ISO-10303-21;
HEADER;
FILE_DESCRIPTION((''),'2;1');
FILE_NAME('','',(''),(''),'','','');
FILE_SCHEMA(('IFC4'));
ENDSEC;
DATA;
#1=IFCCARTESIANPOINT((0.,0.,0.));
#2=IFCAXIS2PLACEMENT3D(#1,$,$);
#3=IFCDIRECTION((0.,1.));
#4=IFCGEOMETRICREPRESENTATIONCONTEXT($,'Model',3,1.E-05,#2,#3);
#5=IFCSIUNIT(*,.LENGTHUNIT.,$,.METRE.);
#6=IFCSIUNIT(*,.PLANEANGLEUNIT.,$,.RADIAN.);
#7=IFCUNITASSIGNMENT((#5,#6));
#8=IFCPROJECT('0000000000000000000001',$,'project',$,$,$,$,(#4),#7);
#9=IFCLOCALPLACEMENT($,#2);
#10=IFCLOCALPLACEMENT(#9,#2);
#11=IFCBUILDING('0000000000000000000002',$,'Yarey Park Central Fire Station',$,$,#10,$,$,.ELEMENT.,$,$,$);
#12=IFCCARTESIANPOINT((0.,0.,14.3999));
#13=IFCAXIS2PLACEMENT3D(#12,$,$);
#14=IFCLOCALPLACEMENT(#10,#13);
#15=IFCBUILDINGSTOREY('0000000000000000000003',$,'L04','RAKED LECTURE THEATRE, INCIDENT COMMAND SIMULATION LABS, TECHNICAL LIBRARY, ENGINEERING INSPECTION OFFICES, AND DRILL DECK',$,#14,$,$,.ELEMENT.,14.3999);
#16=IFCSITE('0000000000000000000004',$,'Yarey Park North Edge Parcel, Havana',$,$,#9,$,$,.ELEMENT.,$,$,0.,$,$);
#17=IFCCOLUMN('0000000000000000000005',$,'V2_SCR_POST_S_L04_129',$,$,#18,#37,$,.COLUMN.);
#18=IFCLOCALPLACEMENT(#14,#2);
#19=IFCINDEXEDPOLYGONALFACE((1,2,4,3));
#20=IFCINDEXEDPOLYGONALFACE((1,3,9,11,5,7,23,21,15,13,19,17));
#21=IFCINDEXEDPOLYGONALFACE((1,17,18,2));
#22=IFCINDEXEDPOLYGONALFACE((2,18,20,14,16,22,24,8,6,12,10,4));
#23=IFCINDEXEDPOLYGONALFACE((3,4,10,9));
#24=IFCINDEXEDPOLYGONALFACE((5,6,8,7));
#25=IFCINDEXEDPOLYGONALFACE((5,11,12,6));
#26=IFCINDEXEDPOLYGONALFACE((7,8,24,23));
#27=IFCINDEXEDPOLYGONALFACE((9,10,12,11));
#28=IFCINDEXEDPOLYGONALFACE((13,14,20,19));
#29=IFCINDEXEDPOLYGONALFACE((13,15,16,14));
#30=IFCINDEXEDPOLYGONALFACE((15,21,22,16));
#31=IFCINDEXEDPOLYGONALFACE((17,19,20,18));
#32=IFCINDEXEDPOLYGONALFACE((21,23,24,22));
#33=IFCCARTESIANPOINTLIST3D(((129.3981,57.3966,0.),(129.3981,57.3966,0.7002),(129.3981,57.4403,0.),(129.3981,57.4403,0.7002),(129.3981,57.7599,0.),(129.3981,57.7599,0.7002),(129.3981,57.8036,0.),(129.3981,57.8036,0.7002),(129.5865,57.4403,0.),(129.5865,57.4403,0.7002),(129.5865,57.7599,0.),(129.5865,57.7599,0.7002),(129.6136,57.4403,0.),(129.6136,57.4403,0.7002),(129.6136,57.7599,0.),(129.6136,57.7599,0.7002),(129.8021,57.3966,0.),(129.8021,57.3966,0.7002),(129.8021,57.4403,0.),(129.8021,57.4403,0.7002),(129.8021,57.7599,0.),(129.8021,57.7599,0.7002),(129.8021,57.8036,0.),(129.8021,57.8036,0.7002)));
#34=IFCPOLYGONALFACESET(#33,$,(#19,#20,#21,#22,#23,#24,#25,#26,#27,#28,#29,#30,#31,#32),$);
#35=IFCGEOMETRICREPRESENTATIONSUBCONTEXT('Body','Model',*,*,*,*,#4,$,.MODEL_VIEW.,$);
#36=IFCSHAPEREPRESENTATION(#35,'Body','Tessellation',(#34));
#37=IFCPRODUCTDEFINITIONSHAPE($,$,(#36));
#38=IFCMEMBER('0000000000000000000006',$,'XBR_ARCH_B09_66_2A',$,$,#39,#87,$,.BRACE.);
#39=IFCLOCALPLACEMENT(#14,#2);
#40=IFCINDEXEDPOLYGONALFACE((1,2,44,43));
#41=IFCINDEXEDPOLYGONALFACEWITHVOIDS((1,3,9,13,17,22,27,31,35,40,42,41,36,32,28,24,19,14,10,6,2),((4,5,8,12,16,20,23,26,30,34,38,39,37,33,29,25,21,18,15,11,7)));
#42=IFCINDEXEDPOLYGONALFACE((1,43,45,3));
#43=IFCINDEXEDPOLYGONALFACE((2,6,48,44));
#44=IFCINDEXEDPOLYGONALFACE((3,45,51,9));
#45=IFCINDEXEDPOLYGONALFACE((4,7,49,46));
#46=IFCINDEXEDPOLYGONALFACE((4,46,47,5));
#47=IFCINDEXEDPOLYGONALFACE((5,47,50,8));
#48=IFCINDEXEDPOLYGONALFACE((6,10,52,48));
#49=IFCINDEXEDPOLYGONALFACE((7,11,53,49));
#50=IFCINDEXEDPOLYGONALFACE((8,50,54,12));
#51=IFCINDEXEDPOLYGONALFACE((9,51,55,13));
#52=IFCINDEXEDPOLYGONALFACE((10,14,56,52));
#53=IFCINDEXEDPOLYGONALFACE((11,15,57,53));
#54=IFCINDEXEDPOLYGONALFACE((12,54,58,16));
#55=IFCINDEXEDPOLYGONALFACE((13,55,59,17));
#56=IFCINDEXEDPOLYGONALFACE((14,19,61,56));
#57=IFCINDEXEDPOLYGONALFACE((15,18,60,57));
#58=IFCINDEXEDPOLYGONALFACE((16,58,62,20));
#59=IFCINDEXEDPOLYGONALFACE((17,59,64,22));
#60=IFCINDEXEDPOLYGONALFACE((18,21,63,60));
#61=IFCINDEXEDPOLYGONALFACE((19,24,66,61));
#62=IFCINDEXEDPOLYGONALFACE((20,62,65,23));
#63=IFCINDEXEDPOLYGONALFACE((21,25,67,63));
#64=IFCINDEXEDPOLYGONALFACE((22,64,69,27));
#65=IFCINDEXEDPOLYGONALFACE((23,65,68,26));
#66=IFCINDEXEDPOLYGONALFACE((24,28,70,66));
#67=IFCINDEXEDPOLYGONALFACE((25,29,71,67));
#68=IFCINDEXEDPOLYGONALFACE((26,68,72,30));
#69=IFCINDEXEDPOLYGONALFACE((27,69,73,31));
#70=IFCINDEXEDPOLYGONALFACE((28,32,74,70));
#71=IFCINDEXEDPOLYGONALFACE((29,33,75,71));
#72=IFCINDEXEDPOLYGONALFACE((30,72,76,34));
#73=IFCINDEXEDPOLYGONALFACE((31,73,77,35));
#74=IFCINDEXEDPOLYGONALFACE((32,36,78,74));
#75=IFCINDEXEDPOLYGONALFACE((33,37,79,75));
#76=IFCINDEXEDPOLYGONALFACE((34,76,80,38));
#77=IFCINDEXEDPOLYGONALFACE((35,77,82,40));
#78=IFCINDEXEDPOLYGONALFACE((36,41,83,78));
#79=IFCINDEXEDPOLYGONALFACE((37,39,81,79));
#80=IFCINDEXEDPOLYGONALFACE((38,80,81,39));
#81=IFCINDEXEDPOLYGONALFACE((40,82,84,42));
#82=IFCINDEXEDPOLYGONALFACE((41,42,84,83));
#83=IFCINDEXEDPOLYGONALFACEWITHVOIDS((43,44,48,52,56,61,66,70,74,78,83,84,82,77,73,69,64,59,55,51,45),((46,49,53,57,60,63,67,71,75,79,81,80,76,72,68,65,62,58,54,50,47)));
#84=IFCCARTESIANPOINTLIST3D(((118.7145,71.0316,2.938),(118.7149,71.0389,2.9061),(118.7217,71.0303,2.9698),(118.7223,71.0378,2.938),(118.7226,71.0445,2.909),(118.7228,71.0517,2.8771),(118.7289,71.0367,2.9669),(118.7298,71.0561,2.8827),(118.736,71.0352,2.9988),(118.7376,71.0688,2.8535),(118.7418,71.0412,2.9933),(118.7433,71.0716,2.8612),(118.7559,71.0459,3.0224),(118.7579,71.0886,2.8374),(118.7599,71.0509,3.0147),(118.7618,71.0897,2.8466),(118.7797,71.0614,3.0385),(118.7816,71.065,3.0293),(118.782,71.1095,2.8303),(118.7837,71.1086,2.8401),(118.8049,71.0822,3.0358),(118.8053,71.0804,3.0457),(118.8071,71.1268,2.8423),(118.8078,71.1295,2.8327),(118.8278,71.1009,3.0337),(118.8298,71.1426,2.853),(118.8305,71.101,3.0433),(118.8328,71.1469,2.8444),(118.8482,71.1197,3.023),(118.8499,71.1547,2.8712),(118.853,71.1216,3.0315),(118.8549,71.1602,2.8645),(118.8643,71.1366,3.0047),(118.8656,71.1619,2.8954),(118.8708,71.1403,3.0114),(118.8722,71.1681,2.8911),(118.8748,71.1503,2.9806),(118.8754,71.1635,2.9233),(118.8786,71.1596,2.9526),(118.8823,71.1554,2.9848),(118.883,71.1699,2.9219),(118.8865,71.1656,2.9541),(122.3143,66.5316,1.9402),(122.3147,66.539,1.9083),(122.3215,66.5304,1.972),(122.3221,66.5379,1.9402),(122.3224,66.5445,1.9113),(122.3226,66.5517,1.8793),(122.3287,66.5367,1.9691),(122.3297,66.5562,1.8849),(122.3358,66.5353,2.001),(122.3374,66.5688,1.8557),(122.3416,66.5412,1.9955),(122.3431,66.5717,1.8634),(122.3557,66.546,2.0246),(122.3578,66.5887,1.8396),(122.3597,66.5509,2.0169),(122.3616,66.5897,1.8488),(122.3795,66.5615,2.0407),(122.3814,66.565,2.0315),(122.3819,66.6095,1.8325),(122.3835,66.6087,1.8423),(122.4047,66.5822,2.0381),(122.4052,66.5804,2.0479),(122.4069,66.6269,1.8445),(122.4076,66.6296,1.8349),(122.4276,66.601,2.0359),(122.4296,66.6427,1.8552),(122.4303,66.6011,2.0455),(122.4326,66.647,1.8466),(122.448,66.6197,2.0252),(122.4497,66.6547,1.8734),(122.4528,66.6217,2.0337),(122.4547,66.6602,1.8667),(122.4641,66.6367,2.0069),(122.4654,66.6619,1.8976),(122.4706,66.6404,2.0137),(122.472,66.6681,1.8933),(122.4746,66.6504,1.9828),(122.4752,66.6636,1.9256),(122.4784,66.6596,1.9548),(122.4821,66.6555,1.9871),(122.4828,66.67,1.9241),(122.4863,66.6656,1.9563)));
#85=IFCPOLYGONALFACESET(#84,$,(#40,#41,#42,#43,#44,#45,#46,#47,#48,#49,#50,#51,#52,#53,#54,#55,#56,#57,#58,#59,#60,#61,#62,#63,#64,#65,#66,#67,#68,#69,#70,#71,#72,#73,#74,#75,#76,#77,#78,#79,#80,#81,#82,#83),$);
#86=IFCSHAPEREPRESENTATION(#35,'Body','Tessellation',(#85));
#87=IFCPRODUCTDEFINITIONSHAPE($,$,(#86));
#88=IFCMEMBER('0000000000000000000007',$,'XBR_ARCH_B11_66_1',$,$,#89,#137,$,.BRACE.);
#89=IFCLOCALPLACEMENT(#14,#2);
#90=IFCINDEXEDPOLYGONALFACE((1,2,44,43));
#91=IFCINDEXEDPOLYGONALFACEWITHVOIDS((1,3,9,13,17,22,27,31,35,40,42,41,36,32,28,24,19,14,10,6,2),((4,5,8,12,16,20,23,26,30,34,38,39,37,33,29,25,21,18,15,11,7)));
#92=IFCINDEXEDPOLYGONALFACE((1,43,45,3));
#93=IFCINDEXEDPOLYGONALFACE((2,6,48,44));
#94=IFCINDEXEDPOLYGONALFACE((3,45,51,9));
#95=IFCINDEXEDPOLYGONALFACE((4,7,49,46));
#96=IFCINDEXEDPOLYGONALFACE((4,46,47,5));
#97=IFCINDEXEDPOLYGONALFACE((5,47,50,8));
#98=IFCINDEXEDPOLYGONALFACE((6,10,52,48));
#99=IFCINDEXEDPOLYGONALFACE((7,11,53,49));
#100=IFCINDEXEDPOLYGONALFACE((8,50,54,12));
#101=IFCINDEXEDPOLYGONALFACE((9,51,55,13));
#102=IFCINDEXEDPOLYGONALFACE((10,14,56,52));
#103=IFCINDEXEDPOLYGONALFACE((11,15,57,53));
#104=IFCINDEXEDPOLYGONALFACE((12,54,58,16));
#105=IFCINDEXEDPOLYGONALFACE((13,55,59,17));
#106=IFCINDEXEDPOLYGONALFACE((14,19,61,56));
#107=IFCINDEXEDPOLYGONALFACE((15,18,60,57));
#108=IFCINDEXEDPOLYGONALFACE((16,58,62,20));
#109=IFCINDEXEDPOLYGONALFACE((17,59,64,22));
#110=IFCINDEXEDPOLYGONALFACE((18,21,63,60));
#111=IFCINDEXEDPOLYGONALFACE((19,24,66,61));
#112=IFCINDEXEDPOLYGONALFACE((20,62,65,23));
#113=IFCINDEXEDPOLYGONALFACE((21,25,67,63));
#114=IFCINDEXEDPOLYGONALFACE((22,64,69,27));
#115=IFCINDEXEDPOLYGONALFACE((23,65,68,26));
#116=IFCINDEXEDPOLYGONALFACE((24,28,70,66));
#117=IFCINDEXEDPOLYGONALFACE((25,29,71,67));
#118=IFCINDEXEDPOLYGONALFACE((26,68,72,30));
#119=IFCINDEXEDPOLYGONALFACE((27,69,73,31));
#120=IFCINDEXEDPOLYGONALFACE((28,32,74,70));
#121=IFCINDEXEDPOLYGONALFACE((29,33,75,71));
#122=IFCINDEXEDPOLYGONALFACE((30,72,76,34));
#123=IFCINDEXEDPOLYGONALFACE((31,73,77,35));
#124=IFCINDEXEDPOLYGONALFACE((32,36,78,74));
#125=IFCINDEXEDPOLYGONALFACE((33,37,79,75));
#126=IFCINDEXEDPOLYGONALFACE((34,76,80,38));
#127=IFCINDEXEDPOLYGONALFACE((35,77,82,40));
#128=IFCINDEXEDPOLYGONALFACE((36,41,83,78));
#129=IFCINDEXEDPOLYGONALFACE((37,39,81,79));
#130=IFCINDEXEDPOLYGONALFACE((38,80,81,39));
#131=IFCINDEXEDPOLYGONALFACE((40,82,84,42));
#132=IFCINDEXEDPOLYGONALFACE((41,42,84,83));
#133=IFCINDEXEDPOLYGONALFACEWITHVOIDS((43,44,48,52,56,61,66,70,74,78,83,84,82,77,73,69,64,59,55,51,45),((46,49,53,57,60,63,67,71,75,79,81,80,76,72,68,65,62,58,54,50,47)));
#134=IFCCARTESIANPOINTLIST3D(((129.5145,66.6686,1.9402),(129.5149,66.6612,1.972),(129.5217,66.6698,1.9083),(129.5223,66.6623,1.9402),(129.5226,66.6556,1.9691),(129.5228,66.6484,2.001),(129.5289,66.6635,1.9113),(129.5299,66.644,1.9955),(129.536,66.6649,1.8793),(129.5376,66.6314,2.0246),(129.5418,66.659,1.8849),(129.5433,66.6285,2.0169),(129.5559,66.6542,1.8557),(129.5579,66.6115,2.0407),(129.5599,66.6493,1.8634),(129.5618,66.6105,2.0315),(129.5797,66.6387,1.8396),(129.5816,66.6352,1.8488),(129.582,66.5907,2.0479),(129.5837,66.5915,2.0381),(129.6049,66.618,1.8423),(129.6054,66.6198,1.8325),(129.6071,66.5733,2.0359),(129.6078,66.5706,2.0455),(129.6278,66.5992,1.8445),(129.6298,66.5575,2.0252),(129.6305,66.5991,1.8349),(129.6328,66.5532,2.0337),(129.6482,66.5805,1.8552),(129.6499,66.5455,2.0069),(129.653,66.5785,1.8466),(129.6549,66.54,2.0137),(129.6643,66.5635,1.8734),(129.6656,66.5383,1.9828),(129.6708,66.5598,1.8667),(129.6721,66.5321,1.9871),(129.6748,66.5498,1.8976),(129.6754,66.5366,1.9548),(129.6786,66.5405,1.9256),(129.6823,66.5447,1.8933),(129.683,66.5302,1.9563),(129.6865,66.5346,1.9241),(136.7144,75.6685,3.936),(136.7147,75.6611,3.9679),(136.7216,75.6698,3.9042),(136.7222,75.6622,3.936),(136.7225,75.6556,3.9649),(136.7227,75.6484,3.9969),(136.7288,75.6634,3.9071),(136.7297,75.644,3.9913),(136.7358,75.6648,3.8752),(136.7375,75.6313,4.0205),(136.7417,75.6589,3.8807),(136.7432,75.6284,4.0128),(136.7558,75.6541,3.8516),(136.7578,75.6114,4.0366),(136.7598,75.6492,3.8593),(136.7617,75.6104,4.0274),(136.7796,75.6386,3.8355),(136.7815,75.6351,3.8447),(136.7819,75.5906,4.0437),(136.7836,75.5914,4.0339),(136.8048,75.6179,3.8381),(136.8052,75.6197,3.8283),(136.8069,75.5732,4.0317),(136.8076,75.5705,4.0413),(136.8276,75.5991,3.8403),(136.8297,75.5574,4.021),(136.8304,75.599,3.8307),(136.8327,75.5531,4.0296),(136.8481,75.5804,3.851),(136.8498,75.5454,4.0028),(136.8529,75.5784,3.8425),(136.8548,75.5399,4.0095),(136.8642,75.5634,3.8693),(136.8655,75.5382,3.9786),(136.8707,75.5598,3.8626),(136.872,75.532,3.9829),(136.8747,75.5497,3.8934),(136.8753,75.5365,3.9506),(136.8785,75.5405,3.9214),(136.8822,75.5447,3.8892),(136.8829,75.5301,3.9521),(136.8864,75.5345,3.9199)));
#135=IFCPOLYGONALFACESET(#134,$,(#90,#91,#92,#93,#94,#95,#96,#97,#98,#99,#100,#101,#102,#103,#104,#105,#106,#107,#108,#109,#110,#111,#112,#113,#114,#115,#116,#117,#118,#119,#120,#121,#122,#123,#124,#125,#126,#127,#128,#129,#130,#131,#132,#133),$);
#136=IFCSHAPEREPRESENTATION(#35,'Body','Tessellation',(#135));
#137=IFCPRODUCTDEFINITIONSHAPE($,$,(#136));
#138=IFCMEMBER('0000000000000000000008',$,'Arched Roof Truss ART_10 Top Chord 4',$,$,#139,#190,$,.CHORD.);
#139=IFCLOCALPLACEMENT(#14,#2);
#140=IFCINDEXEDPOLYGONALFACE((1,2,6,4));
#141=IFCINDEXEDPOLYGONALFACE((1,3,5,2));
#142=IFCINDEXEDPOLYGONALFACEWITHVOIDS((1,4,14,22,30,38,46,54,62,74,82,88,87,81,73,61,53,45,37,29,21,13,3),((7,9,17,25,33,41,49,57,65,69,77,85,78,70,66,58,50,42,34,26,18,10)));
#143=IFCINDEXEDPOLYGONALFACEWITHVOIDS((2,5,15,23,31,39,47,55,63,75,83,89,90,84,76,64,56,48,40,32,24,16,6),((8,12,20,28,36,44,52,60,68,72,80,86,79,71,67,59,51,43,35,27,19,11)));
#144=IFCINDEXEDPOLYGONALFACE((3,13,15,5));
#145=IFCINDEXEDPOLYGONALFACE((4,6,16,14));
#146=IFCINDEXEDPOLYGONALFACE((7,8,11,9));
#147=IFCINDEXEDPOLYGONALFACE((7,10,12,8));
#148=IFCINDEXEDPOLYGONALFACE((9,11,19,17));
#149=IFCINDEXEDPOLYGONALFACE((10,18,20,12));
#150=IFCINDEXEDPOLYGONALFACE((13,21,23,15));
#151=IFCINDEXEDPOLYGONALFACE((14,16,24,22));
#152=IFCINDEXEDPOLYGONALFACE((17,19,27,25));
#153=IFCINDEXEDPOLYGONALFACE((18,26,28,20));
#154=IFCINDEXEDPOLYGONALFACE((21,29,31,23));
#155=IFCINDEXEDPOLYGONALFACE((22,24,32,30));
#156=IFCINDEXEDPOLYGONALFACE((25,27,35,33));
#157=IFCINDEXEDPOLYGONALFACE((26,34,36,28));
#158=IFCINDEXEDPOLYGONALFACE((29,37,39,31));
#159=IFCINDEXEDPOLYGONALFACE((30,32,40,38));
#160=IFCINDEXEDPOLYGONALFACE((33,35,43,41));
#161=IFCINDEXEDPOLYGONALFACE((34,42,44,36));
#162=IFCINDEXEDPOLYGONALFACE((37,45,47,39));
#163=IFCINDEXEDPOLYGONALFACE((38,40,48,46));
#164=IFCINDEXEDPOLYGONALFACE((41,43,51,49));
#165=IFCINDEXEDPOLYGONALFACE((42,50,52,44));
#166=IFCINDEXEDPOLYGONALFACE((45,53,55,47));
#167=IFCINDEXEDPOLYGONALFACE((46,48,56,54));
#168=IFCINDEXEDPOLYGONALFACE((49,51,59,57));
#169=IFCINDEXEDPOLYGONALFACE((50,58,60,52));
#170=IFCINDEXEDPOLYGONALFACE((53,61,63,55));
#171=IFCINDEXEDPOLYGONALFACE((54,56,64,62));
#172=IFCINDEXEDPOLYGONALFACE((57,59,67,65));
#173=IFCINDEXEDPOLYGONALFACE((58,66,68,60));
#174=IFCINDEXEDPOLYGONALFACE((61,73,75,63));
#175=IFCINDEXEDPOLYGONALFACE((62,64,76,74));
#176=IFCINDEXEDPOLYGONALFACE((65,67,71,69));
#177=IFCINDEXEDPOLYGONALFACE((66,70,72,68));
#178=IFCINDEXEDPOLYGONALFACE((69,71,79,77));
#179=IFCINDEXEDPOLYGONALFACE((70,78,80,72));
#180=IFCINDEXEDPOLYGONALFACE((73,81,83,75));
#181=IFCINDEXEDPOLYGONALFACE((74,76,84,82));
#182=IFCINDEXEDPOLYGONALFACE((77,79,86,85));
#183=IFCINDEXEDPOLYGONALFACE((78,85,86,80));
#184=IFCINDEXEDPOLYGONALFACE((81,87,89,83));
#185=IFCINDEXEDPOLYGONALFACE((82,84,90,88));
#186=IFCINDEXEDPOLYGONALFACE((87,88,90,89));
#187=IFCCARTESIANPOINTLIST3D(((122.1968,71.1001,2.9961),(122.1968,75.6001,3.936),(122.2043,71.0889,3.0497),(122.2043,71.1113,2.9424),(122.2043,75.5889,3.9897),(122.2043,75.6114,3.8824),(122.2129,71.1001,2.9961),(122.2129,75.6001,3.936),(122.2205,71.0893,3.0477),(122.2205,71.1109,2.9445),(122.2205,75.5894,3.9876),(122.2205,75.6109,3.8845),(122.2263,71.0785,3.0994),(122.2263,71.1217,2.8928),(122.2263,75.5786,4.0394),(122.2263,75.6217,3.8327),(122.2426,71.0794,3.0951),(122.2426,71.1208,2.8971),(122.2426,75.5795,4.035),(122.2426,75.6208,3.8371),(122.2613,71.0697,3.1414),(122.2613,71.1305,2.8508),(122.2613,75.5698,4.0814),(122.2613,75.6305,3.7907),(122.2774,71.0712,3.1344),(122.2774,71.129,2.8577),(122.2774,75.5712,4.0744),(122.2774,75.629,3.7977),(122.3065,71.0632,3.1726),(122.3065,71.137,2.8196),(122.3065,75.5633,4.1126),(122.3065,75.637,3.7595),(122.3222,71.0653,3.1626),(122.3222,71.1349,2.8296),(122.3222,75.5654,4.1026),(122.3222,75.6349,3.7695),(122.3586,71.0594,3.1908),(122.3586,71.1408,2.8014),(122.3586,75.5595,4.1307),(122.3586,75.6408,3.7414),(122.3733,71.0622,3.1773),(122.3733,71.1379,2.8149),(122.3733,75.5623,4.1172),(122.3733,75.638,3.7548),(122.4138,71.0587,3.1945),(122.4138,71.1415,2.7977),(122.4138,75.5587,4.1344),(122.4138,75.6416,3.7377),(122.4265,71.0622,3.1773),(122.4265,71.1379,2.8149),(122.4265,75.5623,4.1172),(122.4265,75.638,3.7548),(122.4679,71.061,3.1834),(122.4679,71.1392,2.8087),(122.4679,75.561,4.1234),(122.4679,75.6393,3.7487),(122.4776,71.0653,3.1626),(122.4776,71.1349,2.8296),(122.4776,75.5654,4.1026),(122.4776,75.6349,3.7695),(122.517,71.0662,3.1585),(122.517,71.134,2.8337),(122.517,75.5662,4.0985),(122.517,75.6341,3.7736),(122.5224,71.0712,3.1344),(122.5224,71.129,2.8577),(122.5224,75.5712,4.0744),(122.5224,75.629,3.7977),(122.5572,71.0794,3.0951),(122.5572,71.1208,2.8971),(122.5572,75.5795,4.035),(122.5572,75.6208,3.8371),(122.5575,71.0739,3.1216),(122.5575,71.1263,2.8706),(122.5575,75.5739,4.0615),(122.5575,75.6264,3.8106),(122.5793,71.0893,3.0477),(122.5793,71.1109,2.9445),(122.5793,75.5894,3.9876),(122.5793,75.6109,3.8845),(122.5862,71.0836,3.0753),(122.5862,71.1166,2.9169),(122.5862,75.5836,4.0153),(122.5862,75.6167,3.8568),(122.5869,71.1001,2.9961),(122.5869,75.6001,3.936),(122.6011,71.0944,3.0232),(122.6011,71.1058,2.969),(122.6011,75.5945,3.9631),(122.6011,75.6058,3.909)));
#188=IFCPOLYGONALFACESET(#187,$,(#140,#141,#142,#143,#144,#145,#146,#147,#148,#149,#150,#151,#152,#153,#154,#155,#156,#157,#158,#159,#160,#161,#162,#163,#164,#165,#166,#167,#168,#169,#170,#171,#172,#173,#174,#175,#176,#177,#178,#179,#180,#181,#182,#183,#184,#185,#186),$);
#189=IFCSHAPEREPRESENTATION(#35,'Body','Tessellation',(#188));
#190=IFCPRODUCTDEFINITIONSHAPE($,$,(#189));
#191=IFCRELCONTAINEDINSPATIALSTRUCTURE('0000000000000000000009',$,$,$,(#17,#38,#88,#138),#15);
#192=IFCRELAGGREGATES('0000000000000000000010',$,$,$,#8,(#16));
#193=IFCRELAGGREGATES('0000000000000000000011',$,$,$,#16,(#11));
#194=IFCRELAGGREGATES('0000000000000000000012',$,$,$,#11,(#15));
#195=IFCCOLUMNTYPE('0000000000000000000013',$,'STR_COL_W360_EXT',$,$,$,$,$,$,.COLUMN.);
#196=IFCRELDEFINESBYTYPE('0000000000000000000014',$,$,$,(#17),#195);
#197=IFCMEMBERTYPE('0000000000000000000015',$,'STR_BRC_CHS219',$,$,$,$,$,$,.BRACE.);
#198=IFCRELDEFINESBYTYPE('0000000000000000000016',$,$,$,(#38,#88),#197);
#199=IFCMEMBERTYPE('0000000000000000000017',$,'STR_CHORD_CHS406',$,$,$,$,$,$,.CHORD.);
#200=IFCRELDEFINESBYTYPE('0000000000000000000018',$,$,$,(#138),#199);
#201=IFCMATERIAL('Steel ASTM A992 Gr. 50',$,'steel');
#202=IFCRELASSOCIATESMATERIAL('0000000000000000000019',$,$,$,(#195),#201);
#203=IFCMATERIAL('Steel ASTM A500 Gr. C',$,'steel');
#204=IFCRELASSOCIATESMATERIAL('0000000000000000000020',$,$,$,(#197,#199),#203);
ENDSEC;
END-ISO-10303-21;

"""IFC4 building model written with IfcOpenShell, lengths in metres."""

from ifc_helpers import new_model, si_unit, direction, frame, origin, origin_2d, place, context, subcontext, project, spatial, hollow_circle, i_section, extrude, material, material_profile, profile_set, type_object, element, save


model = new_model("IFC4")

# Units and contexts
model_context = context("Model", 3, precision=1e-05, world=origin(), true_north=direction((0.0, 1.0)))
body_context = subcontext(model_context, "Body", "Model", "MODEL_VIEW")
ifc_project = project(units=[si_unit("LENGTHUNIT", "METRE"), si_unit("PLANEANGLEUNIT", "RADIAN")], contexts=[model_context])

# Site, building, storey
site_placement = place(None, origin())
site = spatial("IfcSite", under=ifc_project, at=site_placement, Name="Yarey Park North Edge Parcel, Havana", CompositionType="ELEMENT", RefElevation=0.0)
building_placement = place(site_placement, origin())
building = spatial("IfcBuilding", under=site, at=building_placement, Name="Yarey Park Central Fire Station", CompositionType="ELEMENT")
storey_placement = place(building_placement, frame((0.0, 0.0, 14.3999)))
storey = spatial("IfcBuildingStorey", under=building, at=storey_placement, Name="L04", Description="RAKED LECTURE THEATRE, INCIDENT COMMAND SIMULATION LABS, TECHNICAL LIBRARY, ENGINEERING INSPECTION OFFICES, AND DRILL DECK", CompositionType="ELEMENT", Elevation=14.3999)

# Column
ifc_material_1 = material(Name="Steel ASTM A992 Gr. 50", Category="steel")
ifc_material_profile_1 = material_profile(ifc_material_1, i_section(OverallWidth=0.4041, OverallDepth=0.407, WebThickness=0.0271, FlangeThickness=0.0437, at=origin_2d()), Name="W360x347")
ifc_profile_set_1 = profile_set([ifc_material_profile_1], Name="Steel ASTM A992 Gr. 50")
column_type = type_object("IfcColumnType", Name="STR_COL_W360_EXT", PredefinedType="COLUMN", material=ifc_profile_set_1)
column_placement = place(storey_placement, frame((129.6001, 57.6001, 0.0), z_axis=(0.0, 0.0, 1.0), x_axis=(1.0, 0.0, 0.0)))
element("IfcColumn", 1, at=column_placement, inside=storey, type_object=column_type, Name="V2_SCR_POST_S_L04_129", PredefinedType="COLUMN", context=body_context, shape_type="SweptSolid", body=[
    extrude(i_section(OverallWidth=0.4041, OverallDepth=0.407, WebThickness=0.0271, FlangeThickness=0.0437, at=origin_2d()), origin(), (0.0, 0.0, 1.0), 0.7002),
])

# Members
ifc_material_2 = material(Name="Steel ASTM A500 Gr. C", Category="steel")
ifc_material_profile_2 = material_profile(ifc_material_2, hollow_circle(Radius=0.1096, WallThickness=0.01, at=origin_2d()), Name="CHS 219.1x10")
ifc_profile_set_2 = profile_set([ifc_material_profile_2], Name="Steel ASTM A500 Gr. C")
member_type_1 = type_object("IfcMemberType", Name="STR_BRC_CHS219", PredefinedType="BRACE", material=ifc_profile_set_2)
member_1_placement = place(storey_placement, frame((122.3999, 66.6001, 1.9402), z_axis=(-0.615521, 0.769433, 0.170609), x_axis=(-0.780881, -0.62468, 0.0)))
element("IfcMember", 2, at=member_1_placement, inside=storey, type_object=member_type_1, Name="XBR_ARCH_B09_66_2A", PredefinedType="BRACE", context=body_context, shape_type="SweptSolid", body=[
    extrude(hollow_circle(Radius=0.1096, WallThickness=0.01, at=origin_2d()), origin(), (0.0, 0.0, 1.0), 5.8484),
])
member_2_placement = place(storey_placement, frame((129.6001, 66.6001, 1.9402), z_axis=(0.615532, 0.76942, 0.170627), x_axis=(-0.780871, 0.624692, 0.0)))
element("IfcMember", 3, at=member_2_placement, inside=storey, type_object=member_type_1, Name="XBR_ARCH_B11_66_1", PredefinedType="BRACE", context=body_context, shape_type="SweptSolid", body=[
    extrude(hollow_circle(Radius=0.1096, WallThickness=0.01, at=origin_2d()), origin(), (0.0, 0.0, 1.0), 11.697),
])
ifc_material_profile_3 = material_profile(ifc_material_2, hollow_circle(Radius=0.2031, WallThickness=0.0161, at=origin_2d()), Name="CHS 406.4x16")
ifc_profile_set_3 = profile_set([ifc_material_profile_3], Name="Steel ASTM A500 Gr. C")
member_type_2 = type_object("IfcMemberType", Name="STR_CHORD_CHS406", PredefinedType="CHORD", material=ifc_profile_set_3)
member_3_placement = place(storey_placement, frame((122.3999, 71.1001, 2.9961), z_axis=(0.0, 0.978874, 0.204463), x_axis=(-1.0, 0.0, 0.0)))
element("IfcMember", 4, at=member_3_placement, inside=storey, type_object=member_type_2, Name="Arched Roof Truss ART_10 Top Chord 4", PredefinedType="CHORD", context=body_context, shape_type="SweptSolid", body=[
    extrude(hollow_circle(Radius=0.2031, WallThickness=0.0161, at=origin_2d()), origin(), (0.0, 0.0, 1.0), 4.5972),
])

save(model, "model.ifc")
